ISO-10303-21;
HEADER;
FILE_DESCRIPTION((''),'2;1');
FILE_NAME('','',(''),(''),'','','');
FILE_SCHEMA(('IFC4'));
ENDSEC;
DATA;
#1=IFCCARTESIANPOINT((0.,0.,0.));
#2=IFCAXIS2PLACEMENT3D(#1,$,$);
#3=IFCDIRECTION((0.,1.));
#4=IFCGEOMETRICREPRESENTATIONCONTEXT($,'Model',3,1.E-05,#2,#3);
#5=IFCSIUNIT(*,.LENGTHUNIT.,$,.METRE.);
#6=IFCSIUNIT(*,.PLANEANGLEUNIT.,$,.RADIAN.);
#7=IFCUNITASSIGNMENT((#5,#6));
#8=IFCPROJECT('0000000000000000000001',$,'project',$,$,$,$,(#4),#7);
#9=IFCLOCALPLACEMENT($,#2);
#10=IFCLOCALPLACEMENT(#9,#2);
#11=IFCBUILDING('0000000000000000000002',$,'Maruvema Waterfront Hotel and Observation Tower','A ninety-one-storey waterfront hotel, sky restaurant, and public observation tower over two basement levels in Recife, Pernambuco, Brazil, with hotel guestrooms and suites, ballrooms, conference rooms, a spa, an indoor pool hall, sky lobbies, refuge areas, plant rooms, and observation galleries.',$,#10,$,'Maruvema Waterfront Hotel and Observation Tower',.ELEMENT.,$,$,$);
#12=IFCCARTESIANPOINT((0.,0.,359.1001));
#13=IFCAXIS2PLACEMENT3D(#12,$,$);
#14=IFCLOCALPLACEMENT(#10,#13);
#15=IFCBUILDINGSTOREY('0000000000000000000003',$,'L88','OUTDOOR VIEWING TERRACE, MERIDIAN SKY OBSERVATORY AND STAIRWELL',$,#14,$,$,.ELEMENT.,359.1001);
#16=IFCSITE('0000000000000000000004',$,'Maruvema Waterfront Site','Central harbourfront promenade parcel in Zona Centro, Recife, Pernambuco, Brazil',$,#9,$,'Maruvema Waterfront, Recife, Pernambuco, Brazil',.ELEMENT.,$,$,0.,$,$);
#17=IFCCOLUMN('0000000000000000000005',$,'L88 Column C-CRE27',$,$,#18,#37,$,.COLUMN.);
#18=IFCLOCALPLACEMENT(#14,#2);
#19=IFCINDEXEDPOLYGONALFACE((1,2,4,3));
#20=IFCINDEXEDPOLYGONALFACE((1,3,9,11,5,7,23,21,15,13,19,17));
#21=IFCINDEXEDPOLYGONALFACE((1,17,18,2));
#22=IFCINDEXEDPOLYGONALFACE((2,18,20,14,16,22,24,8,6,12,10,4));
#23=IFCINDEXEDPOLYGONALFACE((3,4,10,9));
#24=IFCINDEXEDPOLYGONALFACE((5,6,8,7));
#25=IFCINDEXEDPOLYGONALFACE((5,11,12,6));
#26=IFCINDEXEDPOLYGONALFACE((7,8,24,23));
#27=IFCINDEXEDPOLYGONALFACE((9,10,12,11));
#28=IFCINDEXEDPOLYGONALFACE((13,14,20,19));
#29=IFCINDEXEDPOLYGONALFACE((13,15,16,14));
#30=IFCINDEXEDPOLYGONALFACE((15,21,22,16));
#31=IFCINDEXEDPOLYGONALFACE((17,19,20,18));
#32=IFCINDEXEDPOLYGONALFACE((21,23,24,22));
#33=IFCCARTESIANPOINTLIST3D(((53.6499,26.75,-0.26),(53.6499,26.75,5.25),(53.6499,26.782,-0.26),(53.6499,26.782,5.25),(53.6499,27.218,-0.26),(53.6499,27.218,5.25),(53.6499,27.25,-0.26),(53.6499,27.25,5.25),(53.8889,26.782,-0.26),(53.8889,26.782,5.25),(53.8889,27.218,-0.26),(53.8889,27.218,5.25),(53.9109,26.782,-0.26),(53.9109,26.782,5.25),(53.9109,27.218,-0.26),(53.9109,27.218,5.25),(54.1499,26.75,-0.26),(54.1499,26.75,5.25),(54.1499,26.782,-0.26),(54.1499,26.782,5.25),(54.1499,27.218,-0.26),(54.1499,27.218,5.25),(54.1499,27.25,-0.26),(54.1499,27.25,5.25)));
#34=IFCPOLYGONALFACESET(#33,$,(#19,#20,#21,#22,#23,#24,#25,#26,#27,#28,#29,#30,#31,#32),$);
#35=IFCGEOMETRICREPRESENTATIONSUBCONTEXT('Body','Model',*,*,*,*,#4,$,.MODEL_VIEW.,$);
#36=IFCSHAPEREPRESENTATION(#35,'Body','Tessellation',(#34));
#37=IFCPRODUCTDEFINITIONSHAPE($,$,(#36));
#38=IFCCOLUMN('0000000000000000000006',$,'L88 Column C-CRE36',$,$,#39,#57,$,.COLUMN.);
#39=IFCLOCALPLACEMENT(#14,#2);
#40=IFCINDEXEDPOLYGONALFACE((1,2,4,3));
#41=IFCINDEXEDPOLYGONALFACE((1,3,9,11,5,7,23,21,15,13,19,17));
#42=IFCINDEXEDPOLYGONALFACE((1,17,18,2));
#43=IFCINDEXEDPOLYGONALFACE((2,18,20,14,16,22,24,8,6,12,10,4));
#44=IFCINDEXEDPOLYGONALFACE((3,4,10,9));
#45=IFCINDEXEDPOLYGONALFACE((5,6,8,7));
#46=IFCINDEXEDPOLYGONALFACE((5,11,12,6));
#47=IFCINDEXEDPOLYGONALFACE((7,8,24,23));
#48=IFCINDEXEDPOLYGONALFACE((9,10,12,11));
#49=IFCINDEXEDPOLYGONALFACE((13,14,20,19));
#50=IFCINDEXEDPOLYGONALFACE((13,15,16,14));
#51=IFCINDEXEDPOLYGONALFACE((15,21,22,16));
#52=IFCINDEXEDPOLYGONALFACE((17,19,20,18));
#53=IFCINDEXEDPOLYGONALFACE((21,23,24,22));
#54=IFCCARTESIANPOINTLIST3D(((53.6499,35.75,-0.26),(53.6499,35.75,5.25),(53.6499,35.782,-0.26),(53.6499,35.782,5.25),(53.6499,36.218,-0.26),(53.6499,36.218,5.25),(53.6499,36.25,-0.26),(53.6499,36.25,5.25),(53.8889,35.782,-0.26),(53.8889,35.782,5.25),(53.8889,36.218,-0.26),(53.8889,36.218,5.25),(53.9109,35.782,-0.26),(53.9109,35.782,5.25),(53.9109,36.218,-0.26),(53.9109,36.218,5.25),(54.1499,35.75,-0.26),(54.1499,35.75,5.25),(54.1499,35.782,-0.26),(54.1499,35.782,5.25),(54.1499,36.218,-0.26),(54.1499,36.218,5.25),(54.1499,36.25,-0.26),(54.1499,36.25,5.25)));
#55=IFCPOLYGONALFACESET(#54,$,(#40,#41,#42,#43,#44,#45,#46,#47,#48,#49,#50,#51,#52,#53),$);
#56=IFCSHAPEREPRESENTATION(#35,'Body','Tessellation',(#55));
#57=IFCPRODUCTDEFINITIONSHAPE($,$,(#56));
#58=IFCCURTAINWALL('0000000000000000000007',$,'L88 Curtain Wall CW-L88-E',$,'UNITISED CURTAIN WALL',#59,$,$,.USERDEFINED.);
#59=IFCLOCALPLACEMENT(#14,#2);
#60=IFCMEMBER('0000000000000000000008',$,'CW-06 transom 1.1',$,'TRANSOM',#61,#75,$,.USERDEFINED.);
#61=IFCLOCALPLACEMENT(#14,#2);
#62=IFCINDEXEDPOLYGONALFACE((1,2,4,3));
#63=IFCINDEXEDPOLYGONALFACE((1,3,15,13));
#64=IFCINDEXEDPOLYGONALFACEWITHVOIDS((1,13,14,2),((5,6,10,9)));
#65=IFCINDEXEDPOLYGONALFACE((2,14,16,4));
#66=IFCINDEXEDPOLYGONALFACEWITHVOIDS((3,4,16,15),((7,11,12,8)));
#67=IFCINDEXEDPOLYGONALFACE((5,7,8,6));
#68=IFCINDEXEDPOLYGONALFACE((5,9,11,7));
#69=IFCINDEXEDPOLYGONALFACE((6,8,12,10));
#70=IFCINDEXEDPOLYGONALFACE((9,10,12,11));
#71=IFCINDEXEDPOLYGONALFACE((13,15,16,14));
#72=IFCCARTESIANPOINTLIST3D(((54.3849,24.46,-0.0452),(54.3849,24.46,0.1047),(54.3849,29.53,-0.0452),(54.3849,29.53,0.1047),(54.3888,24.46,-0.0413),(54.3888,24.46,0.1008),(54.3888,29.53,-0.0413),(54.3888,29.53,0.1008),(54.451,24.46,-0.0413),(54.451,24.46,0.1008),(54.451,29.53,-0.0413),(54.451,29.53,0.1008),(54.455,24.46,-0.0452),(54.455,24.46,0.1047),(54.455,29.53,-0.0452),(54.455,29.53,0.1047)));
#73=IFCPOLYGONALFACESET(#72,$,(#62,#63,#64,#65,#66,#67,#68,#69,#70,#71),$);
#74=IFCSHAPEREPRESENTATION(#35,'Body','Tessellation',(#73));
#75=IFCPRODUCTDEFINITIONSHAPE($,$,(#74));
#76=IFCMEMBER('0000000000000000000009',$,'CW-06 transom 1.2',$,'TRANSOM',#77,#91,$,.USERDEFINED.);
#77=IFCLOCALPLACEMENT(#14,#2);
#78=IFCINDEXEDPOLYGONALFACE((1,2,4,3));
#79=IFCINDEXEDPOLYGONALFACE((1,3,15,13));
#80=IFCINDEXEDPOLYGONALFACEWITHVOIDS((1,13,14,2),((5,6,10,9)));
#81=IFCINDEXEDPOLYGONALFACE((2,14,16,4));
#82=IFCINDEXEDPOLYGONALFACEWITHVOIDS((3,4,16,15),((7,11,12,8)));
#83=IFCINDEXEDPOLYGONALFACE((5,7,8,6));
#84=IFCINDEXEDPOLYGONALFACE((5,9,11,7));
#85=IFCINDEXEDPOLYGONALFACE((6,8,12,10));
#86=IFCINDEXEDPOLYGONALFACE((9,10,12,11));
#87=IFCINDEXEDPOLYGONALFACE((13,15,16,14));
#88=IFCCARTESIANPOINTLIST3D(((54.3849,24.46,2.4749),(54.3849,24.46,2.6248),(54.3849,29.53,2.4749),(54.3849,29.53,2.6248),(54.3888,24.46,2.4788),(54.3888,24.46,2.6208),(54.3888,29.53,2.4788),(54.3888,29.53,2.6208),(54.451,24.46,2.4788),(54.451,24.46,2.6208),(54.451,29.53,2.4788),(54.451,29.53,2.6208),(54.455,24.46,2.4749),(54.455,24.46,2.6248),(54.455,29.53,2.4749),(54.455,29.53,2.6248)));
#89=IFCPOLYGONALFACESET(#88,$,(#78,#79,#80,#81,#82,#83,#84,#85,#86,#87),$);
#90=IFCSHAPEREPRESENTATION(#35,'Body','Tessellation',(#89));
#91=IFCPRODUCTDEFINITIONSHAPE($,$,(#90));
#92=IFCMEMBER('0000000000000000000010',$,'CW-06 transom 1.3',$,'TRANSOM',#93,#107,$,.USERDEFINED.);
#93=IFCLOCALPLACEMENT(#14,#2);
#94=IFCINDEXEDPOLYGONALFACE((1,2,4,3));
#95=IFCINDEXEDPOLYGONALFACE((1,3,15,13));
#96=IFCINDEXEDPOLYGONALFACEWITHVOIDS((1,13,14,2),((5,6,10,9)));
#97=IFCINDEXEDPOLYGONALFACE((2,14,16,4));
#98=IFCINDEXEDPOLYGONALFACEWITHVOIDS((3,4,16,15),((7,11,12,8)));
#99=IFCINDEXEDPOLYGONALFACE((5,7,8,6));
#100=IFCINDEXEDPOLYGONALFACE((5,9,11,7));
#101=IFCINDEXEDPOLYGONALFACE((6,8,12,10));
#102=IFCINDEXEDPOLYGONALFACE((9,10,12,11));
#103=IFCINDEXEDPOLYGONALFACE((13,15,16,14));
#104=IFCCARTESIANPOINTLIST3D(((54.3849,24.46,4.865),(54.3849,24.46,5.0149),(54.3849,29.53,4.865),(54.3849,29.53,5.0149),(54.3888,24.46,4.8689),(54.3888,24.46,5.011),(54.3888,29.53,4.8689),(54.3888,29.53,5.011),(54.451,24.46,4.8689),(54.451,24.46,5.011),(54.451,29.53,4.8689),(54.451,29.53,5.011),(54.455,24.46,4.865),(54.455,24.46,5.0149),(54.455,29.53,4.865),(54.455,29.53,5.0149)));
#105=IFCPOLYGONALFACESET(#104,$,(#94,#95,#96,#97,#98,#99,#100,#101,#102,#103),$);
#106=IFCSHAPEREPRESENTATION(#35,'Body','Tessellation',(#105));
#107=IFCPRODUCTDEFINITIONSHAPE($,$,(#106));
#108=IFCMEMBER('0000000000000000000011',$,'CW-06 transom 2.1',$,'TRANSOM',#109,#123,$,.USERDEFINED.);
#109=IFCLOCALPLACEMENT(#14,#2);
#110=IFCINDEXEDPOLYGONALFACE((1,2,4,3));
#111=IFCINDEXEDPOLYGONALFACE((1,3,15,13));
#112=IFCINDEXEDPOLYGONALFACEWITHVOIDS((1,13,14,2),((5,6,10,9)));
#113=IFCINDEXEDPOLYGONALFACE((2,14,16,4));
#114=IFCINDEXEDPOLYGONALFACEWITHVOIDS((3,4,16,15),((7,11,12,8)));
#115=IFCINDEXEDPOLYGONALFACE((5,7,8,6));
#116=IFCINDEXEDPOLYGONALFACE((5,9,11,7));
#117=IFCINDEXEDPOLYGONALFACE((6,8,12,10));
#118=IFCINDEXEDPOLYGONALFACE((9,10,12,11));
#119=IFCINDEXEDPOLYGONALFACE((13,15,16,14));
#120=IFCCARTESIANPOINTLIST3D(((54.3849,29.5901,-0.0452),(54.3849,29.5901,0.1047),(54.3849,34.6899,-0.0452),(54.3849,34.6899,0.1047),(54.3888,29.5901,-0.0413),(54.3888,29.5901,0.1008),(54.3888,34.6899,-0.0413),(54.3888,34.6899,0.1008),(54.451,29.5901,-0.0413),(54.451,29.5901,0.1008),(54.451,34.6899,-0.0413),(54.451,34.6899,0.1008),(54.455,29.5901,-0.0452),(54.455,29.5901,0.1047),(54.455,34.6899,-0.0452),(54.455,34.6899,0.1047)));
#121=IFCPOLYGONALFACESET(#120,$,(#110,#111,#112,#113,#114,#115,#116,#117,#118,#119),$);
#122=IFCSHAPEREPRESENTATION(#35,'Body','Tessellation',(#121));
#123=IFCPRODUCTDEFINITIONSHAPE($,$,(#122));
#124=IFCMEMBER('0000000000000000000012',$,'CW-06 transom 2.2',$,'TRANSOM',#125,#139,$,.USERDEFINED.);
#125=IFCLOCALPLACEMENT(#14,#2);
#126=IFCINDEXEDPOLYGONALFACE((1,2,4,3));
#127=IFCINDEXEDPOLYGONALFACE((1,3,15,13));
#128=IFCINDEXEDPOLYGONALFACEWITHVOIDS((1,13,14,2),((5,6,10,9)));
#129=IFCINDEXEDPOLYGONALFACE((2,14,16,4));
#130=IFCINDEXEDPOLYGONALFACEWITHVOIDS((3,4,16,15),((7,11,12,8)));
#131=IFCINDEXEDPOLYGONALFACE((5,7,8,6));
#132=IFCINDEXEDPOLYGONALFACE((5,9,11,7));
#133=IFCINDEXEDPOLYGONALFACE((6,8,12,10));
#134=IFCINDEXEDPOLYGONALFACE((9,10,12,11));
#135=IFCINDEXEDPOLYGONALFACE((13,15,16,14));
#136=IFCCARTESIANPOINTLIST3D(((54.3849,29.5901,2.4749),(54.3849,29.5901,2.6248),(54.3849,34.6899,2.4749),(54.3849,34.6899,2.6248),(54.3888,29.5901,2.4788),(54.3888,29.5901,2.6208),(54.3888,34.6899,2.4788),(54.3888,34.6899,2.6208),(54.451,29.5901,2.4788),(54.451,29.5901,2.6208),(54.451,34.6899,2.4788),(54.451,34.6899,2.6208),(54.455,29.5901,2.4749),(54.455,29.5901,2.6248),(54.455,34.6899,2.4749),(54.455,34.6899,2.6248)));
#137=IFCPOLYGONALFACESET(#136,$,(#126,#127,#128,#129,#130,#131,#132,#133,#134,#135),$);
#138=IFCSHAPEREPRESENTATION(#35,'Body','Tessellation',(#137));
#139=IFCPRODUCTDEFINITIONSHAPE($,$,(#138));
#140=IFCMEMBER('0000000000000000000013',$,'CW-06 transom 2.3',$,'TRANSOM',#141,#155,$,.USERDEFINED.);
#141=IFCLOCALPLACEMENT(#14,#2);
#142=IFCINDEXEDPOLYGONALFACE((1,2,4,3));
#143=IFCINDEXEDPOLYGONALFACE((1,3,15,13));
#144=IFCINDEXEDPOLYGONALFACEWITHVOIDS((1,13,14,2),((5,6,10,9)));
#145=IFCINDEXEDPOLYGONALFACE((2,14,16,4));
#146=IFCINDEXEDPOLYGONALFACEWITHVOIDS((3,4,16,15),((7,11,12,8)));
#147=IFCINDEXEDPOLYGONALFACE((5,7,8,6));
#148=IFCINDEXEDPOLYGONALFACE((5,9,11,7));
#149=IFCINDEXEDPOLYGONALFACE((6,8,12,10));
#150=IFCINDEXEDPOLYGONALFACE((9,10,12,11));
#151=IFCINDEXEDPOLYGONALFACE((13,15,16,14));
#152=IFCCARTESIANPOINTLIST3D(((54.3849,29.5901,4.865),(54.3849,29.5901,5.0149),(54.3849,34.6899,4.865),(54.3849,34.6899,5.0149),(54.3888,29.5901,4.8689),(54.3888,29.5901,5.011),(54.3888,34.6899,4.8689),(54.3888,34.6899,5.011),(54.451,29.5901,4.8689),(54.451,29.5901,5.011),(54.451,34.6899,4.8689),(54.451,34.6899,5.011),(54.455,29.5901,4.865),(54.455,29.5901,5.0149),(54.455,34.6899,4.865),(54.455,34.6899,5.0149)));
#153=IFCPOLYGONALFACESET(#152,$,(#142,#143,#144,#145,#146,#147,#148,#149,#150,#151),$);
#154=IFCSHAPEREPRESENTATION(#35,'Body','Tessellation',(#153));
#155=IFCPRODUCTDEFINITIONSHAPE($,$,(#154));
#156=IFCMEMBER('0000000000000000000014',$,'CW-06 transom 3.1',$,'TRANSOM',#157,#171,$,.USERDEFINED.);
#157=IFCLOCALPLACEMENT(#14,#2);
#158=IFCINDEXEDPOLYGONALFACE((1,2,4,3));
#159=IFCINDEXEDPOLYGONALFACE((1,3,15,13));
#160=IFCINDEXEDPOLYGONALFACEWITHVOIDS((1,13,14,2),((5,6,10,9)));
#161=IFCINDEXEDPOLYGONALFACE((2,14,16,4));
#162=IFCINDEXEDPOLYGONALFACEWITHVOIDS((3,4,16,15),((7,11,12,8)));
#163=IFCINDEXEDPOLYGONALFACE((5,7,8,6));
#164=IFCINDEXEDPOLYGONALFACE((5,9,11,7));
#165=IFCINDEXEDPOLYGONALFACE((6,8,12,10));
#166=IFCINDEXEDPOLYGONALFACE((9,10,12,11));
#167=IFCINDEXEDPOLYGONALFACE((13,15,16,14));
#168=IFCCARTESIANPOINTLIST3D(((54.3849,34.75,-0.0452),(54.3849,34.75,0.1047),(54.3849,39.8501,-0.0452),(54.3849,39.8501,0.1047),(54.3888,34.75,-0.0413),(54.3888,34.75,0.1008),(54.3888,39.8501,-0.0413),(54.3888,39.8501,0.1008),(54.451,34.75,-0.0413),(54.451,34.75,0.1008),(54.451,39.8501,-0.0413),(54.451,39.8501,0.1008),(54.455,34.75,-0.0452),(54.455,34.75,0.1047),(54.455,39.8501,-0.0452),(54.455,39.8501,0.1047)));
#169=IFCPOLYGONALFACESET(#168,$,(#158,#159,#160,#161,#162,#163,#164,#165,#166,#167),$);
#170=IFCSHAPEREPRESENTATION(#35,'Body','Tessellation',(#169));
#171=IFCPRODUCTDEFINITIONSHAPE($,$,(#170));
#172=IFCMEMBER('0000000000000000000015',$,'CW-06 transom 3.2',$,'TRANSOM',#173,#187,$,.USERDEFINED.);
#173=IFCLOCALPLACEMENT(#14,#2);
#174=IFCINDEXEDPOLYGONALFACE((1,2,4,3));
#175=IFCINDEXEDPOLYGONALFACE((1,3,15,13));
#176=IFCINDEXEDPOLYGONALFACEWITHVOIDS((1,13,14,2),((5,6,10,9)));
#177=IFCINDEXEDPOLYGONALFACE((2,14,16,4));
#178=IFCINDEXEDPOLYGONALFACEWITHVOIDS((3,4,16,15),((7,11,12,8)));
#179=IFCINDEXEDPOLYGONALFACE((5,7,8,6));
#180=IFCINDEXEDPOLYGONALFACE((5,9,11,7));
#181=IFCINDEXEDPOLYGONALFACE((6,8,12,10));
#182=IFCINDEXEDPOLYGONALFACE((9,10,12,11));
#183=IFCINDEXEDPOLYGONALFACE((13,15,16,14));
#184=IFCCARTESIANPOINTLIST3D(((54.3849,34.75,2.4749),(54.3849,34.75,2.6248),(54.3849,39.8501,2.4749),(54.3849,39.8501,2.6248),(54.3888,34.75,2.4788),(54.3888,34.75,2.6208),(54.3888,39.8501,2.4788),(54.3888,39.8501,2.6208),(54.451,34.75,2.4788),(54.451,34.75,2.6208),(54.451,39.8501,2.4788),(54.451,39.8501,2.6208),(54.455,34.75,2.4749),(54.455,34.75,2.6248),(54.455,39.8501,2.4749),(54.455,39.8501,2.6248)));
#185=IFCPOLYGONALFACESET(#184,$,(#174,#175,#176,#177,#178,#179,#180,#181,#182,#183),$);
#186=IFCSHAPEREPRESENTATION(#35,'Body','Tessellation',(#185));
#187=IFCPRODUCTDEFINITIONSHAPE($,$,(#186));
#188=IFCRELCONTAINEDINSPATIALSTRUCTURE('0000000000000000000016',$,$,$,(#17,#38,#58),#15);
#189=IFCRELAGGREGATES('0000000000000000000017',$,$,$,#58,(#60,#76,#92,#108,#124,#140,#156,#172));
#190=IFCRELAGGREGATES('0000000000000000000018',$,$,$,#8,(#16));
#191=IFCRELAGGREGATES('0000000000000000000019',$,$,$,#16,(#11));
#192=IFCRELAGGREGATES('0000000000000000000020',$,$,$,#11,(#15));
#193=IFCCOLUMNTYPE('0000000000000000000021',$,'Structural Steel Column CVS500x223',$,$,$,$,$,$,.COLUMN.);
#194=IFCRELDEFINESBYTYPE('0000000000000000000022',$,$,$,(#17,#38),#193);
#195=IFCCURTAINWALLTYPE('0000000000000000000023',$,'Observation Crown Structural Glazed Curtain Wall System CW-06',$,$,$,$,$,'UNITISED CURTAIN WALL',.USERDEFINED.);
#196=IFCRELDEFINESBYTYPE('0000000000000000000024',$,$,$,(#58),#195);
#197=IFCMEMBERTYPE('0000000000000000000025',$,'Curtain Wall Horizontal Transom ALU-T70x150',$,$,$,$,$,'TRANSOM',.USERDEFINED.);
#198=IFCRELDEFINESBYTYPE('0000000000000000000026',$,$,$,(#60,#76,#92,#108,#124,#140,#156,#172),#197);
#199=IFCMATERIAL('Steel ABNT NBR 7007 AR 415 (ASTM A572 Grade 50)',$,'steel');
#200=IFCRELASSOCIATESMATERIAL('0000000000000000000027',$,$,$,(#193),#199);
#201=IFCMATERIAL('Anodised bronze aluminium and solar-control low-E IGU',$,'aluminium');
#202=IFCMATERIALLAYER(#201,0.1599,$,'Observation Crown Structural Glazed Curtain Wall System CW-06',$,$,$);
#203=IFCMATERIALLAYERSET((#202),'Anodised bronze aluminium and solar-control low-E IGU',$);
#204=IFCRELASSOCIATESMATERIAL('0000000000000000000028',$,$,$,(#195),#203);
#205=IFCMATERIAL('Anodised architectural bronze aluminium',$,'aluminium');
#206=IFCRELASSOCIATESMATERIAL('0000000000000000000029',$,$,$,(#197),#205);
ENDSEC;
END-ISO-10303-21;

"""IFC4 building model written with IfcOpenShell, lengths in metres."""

from ifc_helpers import new_model, si_unit, direction, frame, origin, origin_2d, place, context, subcontext, project, spatial, hollow_rectangle, i_section, extrude, material, layer, layer_set, material_profile, profile_set, type_object, element, aggregate, save


model = new_model("IFC4")

# Units and contexts
model_context = context("Model", 3, precision=1e-05, world=origin(), true_north=direction((0.0, 1.0)))
body_context = subcontext(model_context, "Body", "Model", "MODEL_VIEW")
ifc_project = project(units=[si_unit("LENGTHUNIT", "METRE"), si_unit("PLANEANGLEUNIT", "RADIAN")], contexts=[model_context])

# Site, building, storey
site_placement = place(None, origin())
site = spatial("IfcSite", under=ifc_project, at=site_placement, Name="Maruvema Waterfront Site", Description="Central harbourfront promenade parcel in Zona Centro, Recife, Pernambuco, Brazil", LongName="Maruvema Waterfront, Recife, Pernambuco, Brazil", CompositionType="ELEMENT", RefElevation=0.0)
building_placement = place(site_placement, origin())
building = spatial("IfcBuilding", under=site, at=building_placement, Name="Maruvema Waterfront Hotel and Observation Tower", Description="A ninety-one-storey waterfront hotel, sky restaurant, and public observation tower over two basement levels in Recife, Pernambuco, Brazil, with hotel guestrooms and suites, ballrooms, conference rooms, a spa, an indoor pool hall, sky lobbies, refuge areas, plant rooms, and observation galleries.", LongName="Maruvema Waterfront Hotel and Observation Tower", CompositionType="ELEMENT")
storey_placement = place(building_placement, frame((0.0, 0.0, 359.1001)))
storey = spatial("IfcBuildingStorey", under=building, at=storey_placement, Name="L88", Description="OUTDOOR VIEWING TERRACE, MERIDIAN SKY OBSERVATORY AND STAIRWELL", CompositionType="ELEMENT", Elevation=359.1001)

# Columns
ifc_material_1 = material(Name="Steel ABNT NBR 7007 AR 415 (ASTM A572 Grade 50)", Category="steel")
ifc_material_profile_1 = material_profile(ifc_material_1, i_section(OverallWidth=0.5, OverallDepth=0.5, WebThickness=0.022, FlangeThickness=0.032, at=origin_2d()), Name="CVS500x223")
ifc_profile_set_1 = profile_set([ifc_material_profile_1], Name="Steel ABNT NBR 7007 AR 415 (ASTM A572 Grade 50)")
column_type = type_object("IfcColumnType", Name="Structural Steel Column CVS500x223", PredefinedType="COLUMN", material=ifc_profile_set_1)
for number, where, z_axis, x_axis, name in (
    (1, (53.8999, 27.0, -0.26), (0.0, 0.0, 1.0), (1.0, 0.0, 0.0), "L88 Column C-CRE27"),
    (2, (53.8999, 36.0, -0.26), (0.0, 0.0, 1.0), (1.0, 0.0, 0.0), "L88 Column C-CRE36"),
):
    element("IfcColumn", number, at=place(storey_placement, frame(where, z_axis=z_axis, x_axis=x_axis)), inside=storey, type_object=column_type, Name=name, PredefinedType="COLUMN", context=body_context, shape_type="SweptSolid", body=[
        extrude(i_section(OverallWidth=0.5, OverallDepth=0.5, WebThickness=0.022, FlangeThickness=0.032, at=origin_2d()), origin(), (0.0, 0.0, 1.0), 5.51),
    ])

# Curtain wall, members
ifc_material_2 = material(Name="Anodised bronze aluminium and solar-control low-E IGU", Category="aluminium")
ifc_layer_1 = layer(ifc_material_2, 0.1599, Name="Observation Crown Structural Glazed Curtain Wall System CW-06")
ifc_layer_set_1 = layer_set([ifc_layer_1], Name="Anodised bronze aluminium and solar-control low-E IGU")
curtain_wall_type = type_object("IfcCurtainWallType", Name="Observation Crown Structural Glazed Curtain Wall System CW-06", ElementType="UNITISED CURTAIN WALL", PredefinedType="USERDEFINED", material=ifc_layer_set_1)
curtain_wall_1_placement = place(storey_placement, origin())
curtain_wall_1 = element("IfcCurtainWall", 3, at=curtain_wall_1_placement, inside=storey, type_object=curtain_wall_type, Name="L88 Curtain Wall CW-L88-E", ObjectType="UNITISED CURTAIN WALL", PredefinedType="USERDEFINED")
ifc_material_3 = material(Name="Anodised architectural bronze aluminium", Category="aluminium")
ifc_material_profile_2 = material_profile(ifc_material_3, hollow_rectangle(XDim=0.0701, YDim=0.1499, WallThickness=0.0039, at=origin_2d()), Name="ALU-T70x150")
ifc_profile_set_2 = profile_set([ifc_material_profile_2], Name="Anodised architectural bronze aluminium")
member_type_1 = type_object("IfcMemberType", Name="Curtain Wall Horizontal Transom ALU-T70x150", ElementType="TRANSOM", PredefinedType="USERDEFINED", material=ifc_profile_set_2)
member_1_placement = place(storey_placement, frame((54.4199, 24.46, 0.0298), z_axis=(0.0, 1.0, 0.0), x_axis=(-1.0, 0.0, 0.0)))
member_1 = element("IfcMember", 4, at=member_1_placement, type_object=member_type_1, Name="CW-06 transom 1.1", ObjectType="TRANSOM", PredefinedType="USERDEFINED", context=body_context, shape_type="SweptSolid", body=[
    extrude(hollow_rectangle(XDim=0.0701, YDim=0.1499, WallThickness=0.0039, at=origin_2d()), origin(), (0.0, 0.0, 1.0), 5.0701),
])
member_2_placement = place(storey_placement, frame((54.4199, 24.46, 2.5498), z_axis=(0.0, 1.0, 0.0), x_axis=(-1.0, 0.0, 0.0)))
member_2 = element("IfcMember", 5, at=member_2_placement, type_object=member_type_1, Name="CW-06 transom 1.2", ObjectType="TRANSOM", PredefinedType="USERDEFINED", context=body_context, shape_type="SweptSolid", body=[
    extrude(hollow_rectangle(XDim=0.0701, YDim=0.1499, WallThickness=0.0039, at=origin_2d()), origin(), (0.0, 0.0, 1.0), 5.0701),
])
member_3_placement = place(storey_placement, frame((54.4199, 24.46, 4.9399), z_axis=(0.0, 1.0, 0.0), x_axis=(-1.0, 0.0, 0.0)))
member_3 = element("IfcMember", 6, at=member_3_placement, type_object=member_type_1, Name="CW-06 transom 1.3", ObjectType="TRANSOM", PredefinedType="USERDEFINED", context=body_context, shape_type="SweptSolid", body=[
    extrude(hollow_rectangle(XDim=0.0701, YDim=0.1499, WallThickness=0.0039, at=origin_2d()), origin(), (0.0, 0.0, 1.0), 5.0701),
])
member_4_placement = place(storey_placement, frame((54.4199, 29.5901, 0.0298), z_axis=(0.0, 1.0, 0.0), x_axis=(-1.0, 0.0, 0.0)))
member_4 = element("IfcMember", 7, at=member_4_placement, type_object=member_type_1, Name="CW-06 transom 2.1", ObjectType="TRANSOM", PredefinedType="USERDEFINED", context=body_context, shape_type="SweptSolid", body=[
    extrude(hollow_rectangle(XDim=0.0701, YDim=0.1499, WallThickness=0.0039, at=origin_2d()), origin(), (0.0, 0.0, 1.0), 5.0999),
])
member_5_placement = place(storey_placement, frame((54.4199, 29.5901, 2.5498), z_axis=(0.0, 1.0, 0.0), x_axis=(-1.0, 0.0, 0.0)))
member_5 = element("IfcMember", 8, at=member_5_placement, type_object=member_type_1, Name="CW-06 transom 2.2", ObjectType="TRANSOM", PredefinedType="USERDEFINED", context=body_context, shape_type="SweptSolid", body=[
    extrude(hollow_rectangle(XDim=0.0701, YDim=0.1499, WallThickness=0.0039, at=origin_2d()), origin(), (0.0, 0.0, 1.0), 5.0999),
])
member_6_placement = place(storey_placement, frame((54.4199, 29.5901, 4.9399), z_axis=(0.0, 1.0, 0.0), x_axis=(-1.0, 0.0, 0.0)))
member_6 = element("IfcMember", 9, at=member_6_placement, type_object=member_type_1, Name="CW-06 transom 2.3", ObjectType="TRANSOM", PredefinedType="USERDEFINED", context=body_context, shape_type="SweptSolid", body=[
    extrude(hollow_rectangle(XDim=0.0701, YDim=0.1499, WallThickness=0.0039, at=origin_2d()), origin(), (0.0, 0.0, 1.0), 5.0999),
])
member_7_placement = place(storey_placement, frame((54.4199, 34.75, 0.0298), z_axis=(0.0, 1.0, 0.0), x_axis=(-1.0, 0.0, 0.0)))
member_7 = element("IfcMember", 10, at=member_7_placement, type_object=member_type_1, Name="CW-06 transom 3.1", ObjectType="TRANSOM", PredefinedType="USERDEFINED", context=body_context, shape_type="SweptSolid", body=[
    extrude(hollow_rectangle(XDim=0.0701, YDim=0.1499, WallThickness=0.0039, at=origin_2d()), origin(), (0.0, 0.0, 1.0), 5.1001),
])
member_8_placement = place(storey_placement, frame((54.4199, 34.75, 2.5498), z_axis=(0.0, 1.0, 0.0), x_axis=(-1.0, 0.0, 0.0)))
member_8 = element("IfcMember", 11, at=member_8_placement, type_object=member_type_1, Name="CW-06 transom 3.2", ObjectType="TRANSOM", PredefinedType="USERDEFINED", context=body_context, shape_type="SweptSolid", body=[
    extrude(hollow_rectangle(XDim=0.0701, YDim=0.1499, WallThickness=0.0039, at=origin_2d()), origin(), (0.0, 0.0, 1.0), 5.1001),
])

aggregate(curtain_wall_1, [member_1, member_2, member_3, member_4, member_5, member_6, member_7, member_8])

save(model, "model.ifc")
